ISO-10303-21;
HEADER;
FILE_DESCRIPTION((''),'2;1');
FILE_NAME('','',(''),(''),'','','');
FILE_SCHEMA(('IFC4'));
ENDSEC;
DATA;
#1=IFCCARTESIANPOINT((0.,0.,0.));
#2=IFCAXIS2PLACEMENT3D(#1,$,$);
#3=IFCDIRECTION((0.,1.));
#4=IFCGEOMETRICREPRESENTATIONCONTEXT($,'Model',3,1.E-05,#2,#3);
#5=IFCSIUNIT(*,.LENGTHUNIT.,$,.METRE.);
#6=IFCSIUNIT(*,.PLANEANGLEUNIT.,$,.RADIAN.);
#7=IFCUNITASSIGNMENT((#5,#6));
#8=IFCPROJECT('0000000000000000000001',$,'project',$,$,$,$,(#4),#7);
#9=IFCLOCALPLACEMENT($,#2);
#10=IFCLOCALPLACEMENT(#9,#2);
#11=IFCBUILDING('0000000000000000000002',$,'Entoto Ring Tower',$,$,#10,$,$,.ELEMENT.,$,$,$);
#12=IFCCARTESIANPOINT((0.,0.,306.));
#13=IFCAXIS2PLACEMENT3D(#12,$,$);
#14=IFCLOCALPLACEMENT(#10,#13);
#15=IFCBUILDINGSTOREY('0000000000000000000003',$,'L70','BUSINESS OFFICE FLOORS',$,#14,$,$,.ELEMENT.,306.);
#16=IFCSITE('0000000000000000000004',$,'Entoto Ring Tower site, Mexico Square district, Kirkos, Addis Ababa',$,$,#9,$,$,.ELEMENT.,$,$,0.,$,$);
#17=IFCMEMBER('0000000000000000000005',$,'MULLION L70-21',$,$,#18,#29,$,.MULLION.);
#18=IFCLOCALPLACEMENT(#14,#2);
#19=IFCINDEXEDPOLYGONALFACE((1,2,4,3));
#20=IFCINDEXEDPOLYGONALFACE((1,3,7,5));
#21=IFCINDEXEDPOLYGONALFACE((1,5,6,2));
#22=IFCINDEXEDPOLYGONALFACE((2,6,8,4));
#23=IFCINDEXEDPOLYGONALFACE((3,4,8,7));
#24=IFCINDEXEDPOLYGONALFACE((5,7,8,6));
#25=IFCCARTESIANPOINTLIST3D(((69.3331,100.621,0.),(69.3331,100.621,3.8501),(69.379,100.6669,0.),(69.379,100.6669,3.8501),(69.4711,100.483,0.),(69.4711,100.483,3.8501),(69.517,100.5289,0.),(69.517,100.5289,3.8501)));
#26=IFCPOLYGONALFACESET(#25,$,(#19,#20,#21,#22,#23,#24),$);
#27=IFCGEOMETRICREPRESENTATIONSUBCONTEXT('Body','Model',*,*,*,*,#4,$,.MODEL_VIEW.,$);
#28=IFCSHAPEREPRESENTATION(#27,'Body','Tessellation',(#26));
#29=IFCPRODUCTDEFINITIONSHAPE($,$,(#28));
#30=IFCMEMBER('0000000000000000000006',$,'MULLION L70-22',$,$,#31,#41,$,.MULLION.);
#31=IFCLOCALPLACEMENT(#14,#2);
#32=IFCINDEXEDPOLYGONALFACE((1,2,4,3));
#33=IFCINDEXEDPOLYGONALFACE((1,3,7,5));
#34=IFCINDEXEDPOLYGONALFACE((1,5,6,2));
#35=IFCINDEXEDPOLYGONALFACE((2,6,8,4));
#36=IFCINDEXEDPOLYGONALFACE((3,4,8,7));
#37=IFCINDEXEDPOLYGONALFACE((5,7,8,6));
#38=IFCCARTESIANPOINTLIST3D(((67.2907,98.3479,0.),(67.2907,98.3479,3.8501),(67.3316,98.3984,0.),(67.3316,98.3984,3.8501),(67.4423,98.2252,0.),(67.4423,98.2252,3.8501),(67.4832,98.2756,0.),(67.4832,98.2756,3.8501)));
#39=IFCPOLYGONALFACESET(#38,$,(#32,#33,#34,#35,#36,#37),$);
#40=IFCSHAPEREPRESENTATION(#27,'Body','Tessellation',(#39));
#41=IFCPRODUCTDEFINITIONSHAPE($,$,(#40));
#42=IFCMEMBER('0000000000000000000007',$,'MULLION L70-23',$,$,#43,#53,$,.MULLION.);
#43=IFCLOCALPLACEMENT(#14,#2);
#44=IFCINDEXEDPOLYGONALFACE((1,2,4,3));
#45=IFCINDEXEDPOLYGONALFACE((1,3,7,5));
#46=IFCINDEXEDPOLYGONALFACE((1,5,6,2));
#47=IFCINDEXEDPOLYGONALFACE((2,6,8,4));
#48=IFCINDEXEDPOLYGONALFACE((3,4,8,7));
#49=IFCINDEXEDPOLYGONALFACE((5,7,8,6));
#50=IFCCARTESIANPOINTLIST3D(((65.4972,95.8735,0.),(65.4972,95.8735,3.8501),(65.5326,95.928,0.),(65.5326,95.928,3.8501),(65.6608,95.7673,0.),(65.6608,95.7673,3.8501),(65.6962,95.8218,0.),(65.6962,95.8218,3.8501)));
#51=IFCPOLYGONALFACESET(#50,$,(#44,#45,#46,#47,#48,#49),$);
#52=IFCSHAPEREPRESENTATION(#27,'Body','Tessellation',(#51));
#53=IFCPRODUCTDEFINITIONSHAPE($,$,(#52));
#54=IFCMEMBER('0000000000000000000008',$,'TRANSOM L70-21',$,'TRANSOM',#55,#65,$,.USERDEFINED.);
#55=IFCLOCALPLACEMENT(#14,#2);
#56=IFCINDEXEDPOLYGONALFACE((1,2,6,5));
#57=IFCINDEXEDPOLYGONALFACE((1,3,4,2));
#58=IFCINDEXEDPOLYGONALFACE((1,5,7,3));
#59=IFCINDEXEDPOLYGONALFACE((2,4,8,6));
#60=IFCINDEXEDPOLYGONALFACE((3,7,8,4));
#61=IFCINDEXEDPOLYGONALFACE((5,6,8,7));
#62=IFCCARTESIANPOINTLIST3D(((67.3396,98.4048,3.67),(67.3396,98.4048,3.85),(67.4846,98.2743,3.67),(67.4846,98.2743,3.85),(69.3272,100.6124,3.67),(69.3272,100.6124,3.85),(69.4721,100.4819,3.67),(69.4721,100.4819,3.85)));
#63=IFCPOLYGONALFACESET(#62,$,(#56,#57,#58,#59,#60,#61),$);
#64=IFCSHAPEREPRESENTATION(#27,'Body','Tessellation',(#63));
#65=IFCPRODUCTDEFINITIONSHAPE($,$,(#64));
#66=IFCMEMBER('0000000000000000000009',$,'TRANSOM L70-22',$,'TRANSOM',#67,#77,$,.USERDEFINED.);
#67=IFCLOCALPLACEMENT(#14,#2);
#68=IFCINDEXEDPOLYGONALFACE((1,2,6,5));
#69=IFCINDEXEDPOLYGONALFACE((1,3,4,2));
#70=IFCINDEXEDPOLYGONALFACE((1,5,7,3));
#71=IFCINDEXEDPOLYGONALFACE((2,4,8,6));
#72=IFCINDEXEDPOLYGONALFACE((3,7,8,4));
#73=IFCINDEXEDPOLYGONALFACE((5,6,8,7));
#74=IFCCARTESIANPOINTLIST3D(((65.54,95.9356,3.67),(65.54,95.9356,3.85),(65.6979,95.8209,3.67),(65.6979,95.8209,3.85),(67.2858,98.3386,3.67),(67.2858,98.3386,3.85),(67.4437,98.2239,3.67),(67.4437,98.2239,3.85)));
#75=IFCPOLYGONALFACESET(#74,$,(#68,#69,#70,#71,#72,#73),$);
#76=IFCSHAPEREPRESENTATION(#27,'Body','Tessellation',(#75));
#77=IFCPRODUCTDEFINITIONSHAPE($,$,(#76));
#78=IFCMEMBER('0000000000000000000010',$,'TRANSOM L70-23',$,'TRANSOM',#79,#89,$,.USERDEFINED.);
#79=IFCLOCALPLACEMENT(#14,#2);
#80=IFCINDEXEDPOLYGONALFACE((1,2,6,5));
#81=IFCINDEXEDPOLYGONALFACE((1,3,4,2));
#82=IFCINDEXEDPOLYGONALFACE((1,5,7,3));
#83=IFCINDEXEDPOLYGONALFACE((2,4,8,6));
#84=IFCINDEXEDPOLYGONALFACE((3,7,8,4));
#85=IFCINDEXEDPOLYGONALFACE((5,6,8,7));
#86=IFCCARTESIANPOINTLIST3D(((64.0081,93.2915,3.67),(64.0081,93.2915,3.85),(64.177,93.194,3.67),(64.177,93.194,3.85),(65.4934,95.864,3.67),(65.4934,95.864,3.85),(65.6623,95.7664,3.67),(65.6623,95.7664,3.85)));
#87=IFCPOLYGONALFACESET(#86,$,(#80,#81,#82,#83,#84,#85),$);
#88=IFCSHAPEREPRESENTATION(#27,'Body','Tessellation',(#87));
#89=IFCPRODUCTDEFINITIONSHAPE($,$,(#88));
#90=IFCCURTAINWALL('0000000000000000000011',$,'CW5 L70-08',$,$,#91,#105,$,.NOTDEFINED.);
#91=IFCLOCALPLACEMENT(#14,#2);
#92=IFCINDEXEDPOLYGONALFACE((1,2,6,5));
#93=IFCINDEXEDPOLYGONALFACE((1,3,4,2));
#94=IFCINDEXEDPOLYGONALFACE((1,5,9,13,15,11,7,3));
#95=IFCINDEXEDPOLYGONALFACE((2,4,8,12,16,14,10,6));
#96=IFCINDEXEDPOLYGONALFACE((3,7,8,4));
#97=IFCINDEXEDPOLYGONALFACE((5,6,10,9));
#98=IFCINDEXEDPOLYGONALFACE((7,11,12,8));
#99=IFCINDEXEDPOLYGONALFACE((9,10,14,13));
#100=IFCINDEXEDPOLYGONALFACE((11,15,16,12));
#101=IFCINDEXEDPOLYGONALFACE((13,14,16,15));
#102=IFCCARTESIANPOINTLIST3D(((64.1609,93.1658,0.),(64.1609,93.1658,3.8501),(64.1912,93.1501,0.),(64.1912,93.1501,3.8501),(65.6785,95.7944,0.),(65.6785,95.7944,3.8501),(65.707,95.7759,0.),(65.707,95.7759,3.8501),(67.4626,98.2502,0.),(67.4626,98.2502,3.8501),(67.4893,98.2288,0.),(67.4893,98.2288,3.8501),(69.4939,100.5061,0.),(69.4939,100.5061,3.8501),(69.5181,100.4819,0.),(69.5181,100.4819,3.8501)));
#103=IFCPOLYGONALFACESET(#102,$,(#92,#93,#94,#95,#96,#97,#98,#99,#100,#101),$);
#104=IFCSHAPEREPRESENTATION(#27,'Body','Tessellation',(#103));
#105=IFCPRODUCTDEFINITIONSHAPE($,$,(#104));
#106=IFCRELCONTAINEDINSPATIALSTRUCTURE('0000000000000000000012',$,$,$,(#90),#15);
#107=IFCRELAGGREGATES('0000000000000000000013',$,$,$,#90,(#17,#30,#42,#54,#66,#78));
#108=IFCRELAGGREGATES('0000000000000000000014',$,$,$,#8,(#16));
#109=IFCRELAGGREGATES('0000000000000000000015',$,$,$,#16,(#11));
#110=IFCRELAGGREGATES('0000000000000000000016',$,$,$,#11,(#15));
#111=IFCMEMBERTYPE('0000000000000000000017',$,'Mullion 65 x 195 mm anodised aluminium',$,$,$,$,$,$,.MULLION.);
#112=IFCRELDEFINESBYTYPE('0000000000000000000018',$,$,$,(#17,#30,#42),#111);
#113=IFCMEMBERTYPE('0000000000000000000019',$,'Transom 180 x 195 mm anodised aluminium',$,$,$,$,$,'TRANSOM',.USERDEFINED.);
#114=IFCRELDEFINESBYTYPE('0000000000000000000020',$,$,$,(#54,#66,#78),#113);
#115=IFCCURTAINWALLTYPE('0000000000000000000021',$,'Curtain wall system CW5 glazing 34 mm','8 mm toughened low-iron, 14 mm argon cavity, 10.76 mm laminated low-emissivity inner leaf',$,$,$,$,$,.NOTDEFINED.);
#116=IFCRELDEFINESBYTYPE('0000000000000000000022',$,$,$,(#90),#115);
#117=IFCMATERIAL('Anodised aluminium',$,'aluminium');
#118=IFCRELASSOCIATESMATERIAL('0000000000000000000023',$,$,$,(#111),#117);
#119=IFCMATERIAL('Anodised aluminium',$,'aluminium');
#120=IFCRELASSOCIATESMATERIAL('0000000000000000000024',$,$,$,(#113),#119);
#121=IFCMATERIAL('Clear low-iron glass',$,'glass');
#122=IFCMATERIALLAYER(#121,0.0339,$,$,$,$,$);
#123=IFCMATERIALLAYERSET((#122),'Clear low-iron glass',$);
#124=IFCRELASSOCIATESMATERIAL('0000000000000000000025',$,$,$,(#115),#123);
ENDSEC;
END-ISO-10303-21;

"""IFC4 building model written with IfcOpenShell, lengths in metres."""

from ifc_helpers import new_model, si_unit, direction, frame, origin, origin_2d, place, context, subcontext, project, spatial, polyline, rectangle, outline, extrude, material, layer, layer_set, material_profile, profile_set, type_object, element, aggregate, save


model = new_model("IFC4")

# Units and contexts
model_context = context("Model", 3, precision=1e-05, world=origin(), true_north=direction((0.0, 1.0)))
body_context = subcontext(model_context, "Body", "Model", "MODEL_VIEW")
ifc_project = project(units=[si_unit("LENGTHUNIT", "METRE"), si_unit("PLANEANGLEUNIT", "RADIAN")], contexts=[model_context])

# Members
ifc_material_1 = material(Name="Anodised aluminium", Category="aluminium")
ifc_material_profile_1 = material_profile(ifc_material_1, rectangle(XDim=0.0649, YDim=0.1951, at=origin_2d()), Name="Mullion 65 x 195 mm anodised aluminium")
ifc_profile_set_1 = profile_set([ifc_material_profile_1], Name="Anodised aluminium")
member_type_1 = type_object("IfcMemberType", Name="Mullion 65 x 195 mm anodised aluminium", PredefinedType="MULLION", material=ifc_profile_set_1)
site_placement = place(None, origin())
building_placement = place(site_placement, origin())
storey_placement = place(building_placement, frame((0.0, 0.0, 306.0)))
member_1_placement = place(storey_placement, frame((69.425, 100.575, 0.0), z_axis=(0.0, 0.0, 1.0), x_axis=(-0.707107, -0.707107, 0.0)))
member_1 = element("IfcMember", 1, at=member_1_placement, type_object=member_type_1, Name="MULLION L70-21", PredefinedType="MULLION", context=body_context, shape_type="SweptSolid", body=[
    extrude(rectangle(XDim=0.0649, YDim=0.1951, at=origin_2d()), origin(), (0.0, 0.0, 1.0), 3.8501),
])
member_2_placement = place(storey_placement, frame((67.387, 98.3118, 0.0), z_axis=(0.0, 0.0, 1.0), x_axis=(-0.62932, -0.777146, 0.0)))
member_2 = element("IfcMember", 2, at=member_2_placement, type_object=member_type_1, Name="MULLION L70-22", PredefinedType="MULLION", context=body_context, shape_type="SweptSolid", body=[
    extrude(rectangle(XDim=0.0649, YDim=0.1951, at=origin_2d()), origin(), (0.0, 0.0, 1.0), 3.8501),
])
member_3_placement = place(storey_placement, frame((65.5967, 95.8477, 0.0), z_axis=(0.0, 0.0, 1.0), x_axis=(-0.544639, -0.838671, 0.0)))
member_3 = element("IfcMember", 3, at=member_3_placement, type_object=member_type_1, Name="MULLION L70-23", PredefinedType="MULLION", context=body_context, shape_type="SweptSolid", body=[
    extrude(rectangle(XDim=0.0649, YDim=0.1951, at=origin_2d()), origin(), (0.0, 0.0, 1.0), 3.8501),
])
ifc_material_2 = material(Name="Anodised aluminium", Category="aluminium")
ifc_material_profile_2 = material_profile(ifc_material_2, rectangle(XDim=0.1951, YDim=0.1799, at=origin_2d()), Name="Transom 180 x 195 mm anodised aluminium")
ifc_profile_set_2 = profile_set([ifc_material_profile_2], Name="Anodised aluminium")
member_type_2 = type_object("IfcMemberType", Name="Transom 180 x 195 mm anodised aluminium", ElementType="TRANSOM", PredefinedType="USERDEFINED", material=ifc_profile_set_2)
member_4_placement = place(storey_placement, frame((69.3997, 100.5471, 3.76), z_axis=(-0.66911, -0.743163, 0.0), x_axis=(0.743163, -0.66911, 0.0)))
member_4 = element("IfcMember", 4, at=member_4_placement, type_object=member_type_2, Name="TRANSOM L70-21", ObjectType="TRANSOM", PredefinedType="USERDEFINED", context=body_context, shape_type="SweptSolid", body=[
    extrude(rectangle(XDim=0.1951, YDim=0.1799, at=origin_2d()), origin(), (0.0, 0.0, 1.0), 2.9705),
])
member_5_placement = place(storey_placement, frame((67.3647, 98.2812, 3.76), z_axis=(-0.587766, -0.809031, 0.0), x_axis=(0.809031, -0.587766, 0.0)))
member_5 = element("IfcMember", 5, at=member_5_placement, type_object=member_type_2, Name="TRANSOM L70-22", ObjectType="TRANSOM", PredefinedType="USERDEFINED", context=body_context, shape_type="SweptSolid", body=[
    extrude(rectangle(XDim=0.1951, YDim=0.1799, at=origin_2d()), origin(), (0.0, 0.0, 1.0), 2.9702),
])
member_6_placement = place(storey_placement, frame((65.5779, 95.8152, 3.76), z_axis=(-0.500028, -0.866009, 0.0), x_axis=(0.866009, -0.500028, 0.0)))
member_6 = element("IfcMember", 6, at=member_6_placement, type_object=member_type_2, Name="TRANSOM L70-23", ObjectType="TRANSOM", PredefinedType="USERDEFINED", context=body_context, shape_type="SweptSolid", body=[
    extrude(rectangle(XDim=0.1951, YDim=0.1799, at=origin_2d()), origin(), (0.0, 0.0, 1.0), 2.9705),
])

# Site, building, storey
site = spatial("IfcSite", under=ifc_project, at=site_placement, Name="Entoto Ring Tower site, Mexico Square district, Kirkos, Addis Ababa", CompositionType="ELEMENT", RefElevation=0.0)
building = spatial("IfcBuilding", under=site, at=building_placement, Name="Entoto Ring Tower", CompositionType="ELEMENT")
storey = spatial("IfcBuildingStorey", under=building, at=storey_placement, Name="L70", Description="BUSINESS OFFICE FLOORS", CompositionType="ELEMENT", Elevation=306.0)

# Curtain wall
ifc_material_3 = material(Name="Clear low-iron glass", Category="glass")
ifc_layer = layer(ifc_material_3, 0.0339)
ifc_layer_set = layer_set([ifc_layer], Name="Clear low-iron glass")
curtain_wall_type = type_object("IfcCurtainWallType", Name="Curtain wall system CW5 glazing 34 mm", Description="8 mm toughened low-iron, 14 mm argon cavity, 10.76 mm laminated low-emissivity inner leaf", PredefinedType="NOTDEFINED", material=ifc_layer_set)
curtain_wall_1_placement = place(storey_placement, origin())
curtain_wall_1 = element("IfcCurtainWall", 7, at=curtain_wall_1_placement, inside=storey, type_object=curtain_wall_type, Name="CW5 L70-08", PredefinedType="NOTDEFINED", context=body_context, shape_type="SweptSolid", body=[
    extrude(outline(polyline([(69.4939, 100.5061), (67.4626, 98.2502), (65.6785, 95.7944), (64.1609, 93.1658), (64.1912, 93.1501), (65.707, 95.7759), (67.4893, 98.2288), (69.5181, 100.4819), (69.4939, 100.5061)])), origin(), (0.0, 0.0, 1.0), 3.8501),
])
aggregate(curtain_wall_1, [member_1, member_2, member_3, member_4, member_5, member_6])

save(model, "model.ifc")
